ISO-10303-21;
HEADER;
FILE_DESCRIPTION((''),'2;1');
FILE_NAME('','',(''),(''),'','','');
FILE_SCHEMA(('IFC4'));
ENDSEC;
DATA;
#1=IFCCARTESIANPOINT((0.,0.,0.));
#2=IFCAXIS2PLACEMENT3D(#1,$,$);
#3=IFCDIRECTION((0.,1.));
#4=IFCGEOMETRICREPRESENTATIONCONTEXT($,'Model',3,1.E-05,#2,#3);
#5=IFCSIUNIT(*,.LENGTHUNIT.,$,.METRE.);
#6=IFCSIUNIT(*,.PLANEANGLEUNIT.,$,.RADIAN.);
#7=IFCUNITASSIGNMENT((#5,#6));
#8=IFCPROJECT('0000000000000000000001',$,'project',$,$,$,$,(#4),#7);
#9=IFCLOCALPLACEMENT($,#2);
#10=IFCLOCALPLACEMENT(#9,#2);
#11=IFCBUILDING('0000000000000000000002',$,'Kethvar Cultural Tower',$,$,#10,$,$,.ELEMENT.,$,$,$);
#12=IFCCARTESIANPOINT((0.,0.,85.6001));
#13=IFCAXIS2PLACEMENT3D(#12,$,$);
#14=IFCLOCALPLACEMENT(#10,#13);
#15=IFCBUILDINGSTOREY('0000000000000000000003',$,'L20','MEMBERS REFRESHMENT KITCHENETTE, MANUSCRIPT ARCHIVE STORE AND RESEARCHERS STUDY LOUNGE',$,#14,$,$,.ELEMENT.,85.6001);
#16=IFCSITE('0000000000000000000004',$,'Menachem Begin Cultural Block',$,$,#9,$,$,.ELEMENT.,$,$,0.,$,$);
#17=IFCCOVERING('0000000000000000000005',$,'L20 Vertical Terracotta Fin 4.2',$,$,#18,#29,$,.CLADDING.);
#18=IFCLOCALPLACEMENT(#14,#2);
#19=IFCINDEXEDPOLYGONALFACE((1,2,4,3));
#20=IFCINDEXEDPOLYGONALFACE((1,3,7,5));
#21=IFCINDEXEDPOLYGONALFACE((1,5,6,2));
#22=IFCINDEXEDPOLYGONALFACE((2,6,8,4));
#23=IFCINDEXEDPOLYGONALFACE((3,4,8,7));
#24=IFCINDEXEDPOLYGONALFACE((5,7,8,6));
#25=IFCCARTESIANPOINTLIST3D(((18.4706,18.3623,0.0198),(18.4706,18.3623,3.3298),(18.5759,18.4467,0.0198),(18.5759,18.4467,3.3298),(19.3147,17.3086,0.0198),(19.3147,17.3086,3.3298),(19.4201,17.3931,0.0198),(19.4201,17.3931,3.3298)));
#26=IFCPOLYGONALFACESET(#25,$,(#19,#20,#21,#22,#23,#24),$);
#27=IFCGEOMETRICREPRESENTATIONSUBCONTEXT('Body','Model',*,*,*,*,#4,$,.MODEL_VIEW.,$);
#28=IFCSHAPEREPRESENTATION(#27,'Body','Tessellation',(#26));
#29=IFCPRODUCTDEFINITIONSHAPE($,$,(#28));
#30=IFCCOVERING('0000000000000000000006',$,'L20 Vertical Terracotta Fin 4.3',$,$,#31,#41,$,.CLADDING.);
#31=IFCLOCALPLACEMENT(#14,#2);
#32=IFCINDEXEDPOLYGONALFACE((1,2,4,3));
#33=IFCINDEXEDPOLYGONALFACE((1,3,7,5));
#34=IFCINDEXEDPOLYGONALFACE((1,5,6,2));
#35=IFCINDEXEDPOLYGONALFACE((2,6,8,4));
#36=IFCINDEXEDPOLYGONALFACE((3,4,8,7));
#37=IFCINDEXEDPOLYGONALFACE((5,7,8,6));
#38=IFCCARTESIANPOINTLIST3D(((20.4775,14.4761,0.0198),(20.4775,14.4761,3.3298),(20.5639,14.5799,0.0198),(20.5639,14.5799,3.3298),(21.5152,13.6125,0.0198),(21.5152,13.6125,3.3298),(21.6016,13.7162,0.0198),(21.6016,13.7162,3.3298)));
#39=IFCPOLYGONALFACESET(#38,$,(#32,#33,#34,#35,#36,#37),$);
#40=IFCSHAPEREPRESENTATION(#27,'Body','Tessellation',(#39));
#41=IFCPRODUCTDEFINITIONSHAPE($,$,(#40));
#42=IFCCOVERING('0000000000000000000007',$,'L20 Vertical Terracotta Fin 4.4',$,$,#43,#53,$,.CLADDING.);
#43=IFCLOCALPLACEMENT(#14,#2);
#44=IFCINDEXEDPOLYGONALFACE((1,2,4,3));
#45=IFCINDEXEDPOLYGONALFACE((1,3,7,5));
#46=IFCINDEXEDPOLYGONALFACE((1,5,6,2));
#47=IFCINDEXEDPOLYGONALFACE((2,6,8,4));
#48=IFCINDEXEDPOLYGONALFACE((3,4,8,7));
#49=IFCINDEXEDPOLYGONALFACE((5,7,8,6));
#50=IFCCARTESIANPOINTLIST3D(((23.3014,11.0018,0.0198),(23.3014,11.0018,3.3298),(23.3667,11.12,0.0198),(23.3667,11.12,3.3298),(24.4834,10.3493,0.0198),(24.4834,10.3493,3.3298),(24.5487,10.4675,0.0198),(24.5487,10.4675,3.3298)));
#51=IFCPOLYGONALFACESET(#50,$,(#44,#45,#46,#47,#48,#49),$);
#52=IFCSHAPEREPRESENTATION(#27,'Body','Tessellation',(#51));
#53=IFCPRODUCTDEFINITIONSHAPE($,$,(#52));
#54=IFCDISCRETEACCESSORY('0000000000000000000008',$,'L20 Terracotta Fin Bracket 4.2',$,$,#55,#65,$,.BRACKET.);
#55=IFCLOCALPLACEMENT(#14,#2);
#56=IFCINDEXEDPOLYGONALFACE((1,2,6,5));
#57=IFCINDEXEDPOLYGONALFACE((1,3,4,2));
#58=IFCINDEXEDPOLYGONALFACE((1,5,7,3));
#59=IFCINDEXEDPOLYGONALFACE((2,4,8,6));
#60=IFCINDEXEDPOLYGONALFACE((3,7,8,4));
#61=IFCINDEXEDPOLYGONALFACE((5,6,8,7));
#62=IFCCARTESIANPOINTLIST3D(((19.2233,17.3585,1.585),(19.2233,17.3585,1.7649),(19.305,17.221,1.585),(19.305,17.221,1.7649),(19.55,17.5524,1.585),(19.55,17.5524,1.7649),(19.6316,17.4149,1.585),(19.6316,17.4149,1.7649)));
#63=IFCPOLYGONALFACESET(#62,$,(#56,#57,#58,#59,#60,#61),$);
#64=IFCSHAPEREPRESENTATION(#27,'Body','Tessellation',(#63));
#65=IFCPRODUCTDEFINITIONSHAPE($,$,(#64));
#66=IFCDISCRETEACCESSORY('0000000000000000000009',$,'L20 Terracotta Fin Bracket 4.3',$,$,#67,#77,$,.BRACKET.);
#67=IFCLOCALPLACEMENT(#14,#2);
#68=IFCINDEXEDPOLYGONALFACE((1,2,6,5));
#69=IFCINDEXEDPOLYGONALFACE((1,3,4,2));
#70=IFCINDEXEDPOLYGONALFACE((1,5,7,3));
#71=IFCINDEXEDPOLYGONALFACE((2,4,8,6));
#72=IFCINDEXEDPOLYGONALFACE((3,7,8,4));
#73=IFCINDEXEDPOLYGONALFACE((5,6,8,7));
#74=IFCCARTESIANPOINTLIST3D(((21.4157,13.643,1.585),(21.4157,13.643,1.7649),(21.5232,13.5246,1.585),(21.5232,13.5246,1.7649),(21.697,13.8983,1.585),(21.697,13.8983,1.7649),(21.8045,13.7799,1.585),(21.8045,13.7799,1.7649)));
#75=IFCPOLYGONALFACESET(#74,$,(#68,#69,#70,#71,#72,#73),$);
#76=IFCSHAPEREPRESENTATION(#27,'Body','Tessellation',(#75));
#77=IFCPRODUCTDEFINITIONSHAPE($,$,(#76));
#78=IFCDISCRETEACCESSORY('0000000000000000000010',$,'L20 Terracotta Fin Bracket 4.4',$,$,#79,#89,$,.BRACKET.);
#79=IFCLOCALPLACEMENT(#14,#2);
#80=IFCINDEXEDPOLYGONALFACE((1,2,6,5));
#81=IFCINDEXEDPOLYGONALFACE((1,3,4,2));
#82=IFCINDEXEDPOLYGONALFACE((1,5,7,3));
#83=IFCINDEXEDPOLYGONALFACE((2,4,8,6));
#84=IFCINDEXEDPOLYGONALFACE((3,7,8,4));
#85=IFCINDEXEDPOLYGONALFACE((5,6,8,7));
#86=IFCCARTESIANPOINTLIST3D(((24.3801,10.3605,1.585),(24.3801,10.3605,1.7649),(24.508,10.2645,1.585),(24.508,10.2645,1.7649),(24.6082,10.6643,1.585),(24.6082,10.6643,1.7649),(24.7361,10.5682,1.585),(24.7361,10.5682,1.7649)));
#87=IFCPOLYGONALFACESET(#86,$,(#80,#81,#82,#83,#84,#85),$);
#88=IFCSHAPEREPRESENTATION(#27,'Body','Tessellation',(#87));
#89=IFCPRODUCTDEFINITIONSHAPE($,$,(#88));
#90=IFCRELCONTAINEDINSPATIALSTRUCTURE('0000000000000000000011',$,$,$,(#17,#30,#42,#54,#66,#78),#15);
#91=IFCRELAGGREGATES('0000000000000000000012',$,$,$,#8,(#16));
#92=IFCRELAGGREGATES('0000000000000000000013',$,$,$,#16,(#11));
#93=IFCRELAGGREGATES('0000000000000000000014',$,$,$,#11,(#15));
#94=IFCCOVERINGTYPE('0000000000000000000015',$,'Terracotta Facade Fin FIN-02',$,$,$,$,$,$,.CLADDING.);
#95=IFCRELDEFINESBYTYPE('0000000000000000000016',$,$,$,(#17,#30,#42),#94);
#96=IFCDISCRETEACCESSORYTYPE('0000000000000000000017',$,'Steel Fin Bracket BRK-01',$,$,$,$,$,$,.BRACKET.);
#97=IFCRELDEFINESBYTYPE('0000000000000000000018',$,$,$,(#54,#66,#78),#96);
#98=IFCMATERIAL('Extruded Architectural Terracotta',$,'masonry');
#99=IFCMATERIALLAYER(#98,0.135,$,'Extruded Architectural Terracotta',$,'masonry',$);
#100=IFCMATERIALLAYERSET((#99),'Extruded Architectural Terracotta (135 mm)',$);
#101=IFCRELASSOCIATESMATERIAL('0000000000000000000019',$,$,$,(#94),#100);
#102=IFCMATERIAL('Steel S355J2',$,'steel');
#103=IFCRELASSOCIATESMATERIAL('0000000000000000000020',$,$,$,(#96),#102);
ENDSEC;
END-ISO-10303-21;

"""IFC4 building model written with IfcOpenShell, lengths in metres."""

from ifc_helpers import new_model, si_unit, direction, frame, origin, origin_2d, place, context, subcontext, project, spatial, rectangle, extrude, source, transform, mapped, material, layer, layer_set, type_object, element, save


model = new_model("IFC4")

# Units and contexts
model_context = context("Model", 3, precision=1e-05, world=origin(), true_north=direction((0.0, 1.0)))
body_context = subcontext(model_context, "Body", "Model", "MODEL_VIEW")
ifc_project = project(units=[si_unit("LENGTHUNIT", "METRE"), si_unit("PLANEANGLEUNIT", "RADIAN")], contexts=[model_context])

# Site, building, storey
site_placement = place(None, origin())
site = spatial("IfcSite", under=ifc_project, at=site_placement, Name="Menachem Begin Cultural Block", CompositionType="ELEMENT", RefElevation=0.0)
building_placement = place(site_placement, origin())
building = spatial("IfcBuilding", under=site, at=building_placement, Name="Kethvar Cultural Tower", CompositionType="ELEMENT")
storey_placement = place(building_placement, frame((0.0, 0.0, 85.6001)))
storey = spatial("IfcBuildingStorey", under=building, at=storey_placement, Name="L20", Description="MEMBERS REFRESHMENT KITCHENETTE, MANUSCRIPT ARCHIVE STORE AND RESEARCHERS STUDY LOUNGE", CompositionType="ELEMENT", Elevation=85.6001)

# Shared definitions
ifc_material_1 = material(Name="Steel S355J2", Category="steel")

# Coverings
ifc_material_2 = material(Name="Extruded Architectural Terracotta", Category="masonry")
ifc_layer_1 = layer(ifc_material_2, 0.135, Name="Extruded Architectural Terracotta", Category="masonry")
ifc_layer_set_1 = layer_set([ifc_layer_1], Name="Extruded Architectural Terracotta (135 mm)")
covering_type = type_object("IfcCoveringType", Name="Terracotta Facade Fin FIN-02", PredefinedType="CLADDING", material=ifc_layer_set_1)
shared_shape_1 = source(origin(), body_context, "Body", "SweptSolid", [
    extrude(rectangle(XDim=1.3501, YDim=0.135, at=origin_2d()), origin(), (0.0, 0.0, 1.0), 3.3101),
])
for number, where, z_axis, x_axis, name in (
    (1, (18.9453, 17.8777, 0.0198), (0.0, 0.0, 1.0), (-0.625243, 0.78043, 0.0), "L20 Vertical Terracotta Fin 4.2"),
    (2, (21.0396, 14.0962, 0.0198), (0.0, 0.0, 1.0), (-0.768619, 0.639707, 0.0), "L20 Vertical Terracotta Fin 4.3"),
    (3, (23.925, 10.7346, 0.0198), (0.0, 0.0, 1.0), (-0.875465, 0.483282, 0.0), "L20 Vertical Terracotta Fin 4.4"),
):
    element("IfcCovering", number, at=place(storey_placement, frame(where, z_axis=z_axis, x_axis=x_axis)), inside=storey, type_object=covering_type, Name=name, PredefinedType="CLADDING", context=body_context, shape_type="MappedRepresentation", body=[
        mapped(shared_shape_1, transform((0.0, 0.0, 0.0), scale=1.0)),
    ])

# Discrete accessories
discrete_accessory_type = type_object("IfcDiscreteAccessoryType", Name="Steel Fin Bracket BRK-01", PredefinedType="BRACKET", material=ifc_material_1)
shared_shape_2 = source(origin(), body_context, "Body", "SweptSolid", [
    extrude(rectangle(XDim=0.3799, YDim=0.1599, at=origin_2d()), origin(), (0.0, 0.0, 1.0), 0.1799),
])
for number, where, z_axis, x_axis, name in (
    (4, (19.4275, 17.3867, 1.585), (0.0, 0.0, 1.0), (-0.859852, -0.510543, 0.0), "L20 Terracotta Fin Bracket 4.2"),
    (5, (21.6101, 13.7114, 1.585), (0.0, 0.0, 1.0), (-0.740453, -0.672108, 0.0), "L20 Terracotta Fin Bracket 4.3"),
    (6, (24.5581, 10.4644, 1.585), (0.0, 0.0, 1.0), (-0.60042, -0.799685, 0.0), "L20 Terracotta Fin Bracket 4.4"),
):
    element("IfcDiscreteAccessory", number, at=place(storey_placement, frame(where, z_axis=z_axis, x_axis=x_axis)), inside=storey, type_object=discrete_accessory_type, Name=name, PredefinedType="BRACKET", context=body_context, shape_type="MappedRepresentation", body=[
        mapped(shared_shape_2, transform((0.0, 0.0, 0.0), scale=1.0)),
    ])

save(model, "model.ifc")
